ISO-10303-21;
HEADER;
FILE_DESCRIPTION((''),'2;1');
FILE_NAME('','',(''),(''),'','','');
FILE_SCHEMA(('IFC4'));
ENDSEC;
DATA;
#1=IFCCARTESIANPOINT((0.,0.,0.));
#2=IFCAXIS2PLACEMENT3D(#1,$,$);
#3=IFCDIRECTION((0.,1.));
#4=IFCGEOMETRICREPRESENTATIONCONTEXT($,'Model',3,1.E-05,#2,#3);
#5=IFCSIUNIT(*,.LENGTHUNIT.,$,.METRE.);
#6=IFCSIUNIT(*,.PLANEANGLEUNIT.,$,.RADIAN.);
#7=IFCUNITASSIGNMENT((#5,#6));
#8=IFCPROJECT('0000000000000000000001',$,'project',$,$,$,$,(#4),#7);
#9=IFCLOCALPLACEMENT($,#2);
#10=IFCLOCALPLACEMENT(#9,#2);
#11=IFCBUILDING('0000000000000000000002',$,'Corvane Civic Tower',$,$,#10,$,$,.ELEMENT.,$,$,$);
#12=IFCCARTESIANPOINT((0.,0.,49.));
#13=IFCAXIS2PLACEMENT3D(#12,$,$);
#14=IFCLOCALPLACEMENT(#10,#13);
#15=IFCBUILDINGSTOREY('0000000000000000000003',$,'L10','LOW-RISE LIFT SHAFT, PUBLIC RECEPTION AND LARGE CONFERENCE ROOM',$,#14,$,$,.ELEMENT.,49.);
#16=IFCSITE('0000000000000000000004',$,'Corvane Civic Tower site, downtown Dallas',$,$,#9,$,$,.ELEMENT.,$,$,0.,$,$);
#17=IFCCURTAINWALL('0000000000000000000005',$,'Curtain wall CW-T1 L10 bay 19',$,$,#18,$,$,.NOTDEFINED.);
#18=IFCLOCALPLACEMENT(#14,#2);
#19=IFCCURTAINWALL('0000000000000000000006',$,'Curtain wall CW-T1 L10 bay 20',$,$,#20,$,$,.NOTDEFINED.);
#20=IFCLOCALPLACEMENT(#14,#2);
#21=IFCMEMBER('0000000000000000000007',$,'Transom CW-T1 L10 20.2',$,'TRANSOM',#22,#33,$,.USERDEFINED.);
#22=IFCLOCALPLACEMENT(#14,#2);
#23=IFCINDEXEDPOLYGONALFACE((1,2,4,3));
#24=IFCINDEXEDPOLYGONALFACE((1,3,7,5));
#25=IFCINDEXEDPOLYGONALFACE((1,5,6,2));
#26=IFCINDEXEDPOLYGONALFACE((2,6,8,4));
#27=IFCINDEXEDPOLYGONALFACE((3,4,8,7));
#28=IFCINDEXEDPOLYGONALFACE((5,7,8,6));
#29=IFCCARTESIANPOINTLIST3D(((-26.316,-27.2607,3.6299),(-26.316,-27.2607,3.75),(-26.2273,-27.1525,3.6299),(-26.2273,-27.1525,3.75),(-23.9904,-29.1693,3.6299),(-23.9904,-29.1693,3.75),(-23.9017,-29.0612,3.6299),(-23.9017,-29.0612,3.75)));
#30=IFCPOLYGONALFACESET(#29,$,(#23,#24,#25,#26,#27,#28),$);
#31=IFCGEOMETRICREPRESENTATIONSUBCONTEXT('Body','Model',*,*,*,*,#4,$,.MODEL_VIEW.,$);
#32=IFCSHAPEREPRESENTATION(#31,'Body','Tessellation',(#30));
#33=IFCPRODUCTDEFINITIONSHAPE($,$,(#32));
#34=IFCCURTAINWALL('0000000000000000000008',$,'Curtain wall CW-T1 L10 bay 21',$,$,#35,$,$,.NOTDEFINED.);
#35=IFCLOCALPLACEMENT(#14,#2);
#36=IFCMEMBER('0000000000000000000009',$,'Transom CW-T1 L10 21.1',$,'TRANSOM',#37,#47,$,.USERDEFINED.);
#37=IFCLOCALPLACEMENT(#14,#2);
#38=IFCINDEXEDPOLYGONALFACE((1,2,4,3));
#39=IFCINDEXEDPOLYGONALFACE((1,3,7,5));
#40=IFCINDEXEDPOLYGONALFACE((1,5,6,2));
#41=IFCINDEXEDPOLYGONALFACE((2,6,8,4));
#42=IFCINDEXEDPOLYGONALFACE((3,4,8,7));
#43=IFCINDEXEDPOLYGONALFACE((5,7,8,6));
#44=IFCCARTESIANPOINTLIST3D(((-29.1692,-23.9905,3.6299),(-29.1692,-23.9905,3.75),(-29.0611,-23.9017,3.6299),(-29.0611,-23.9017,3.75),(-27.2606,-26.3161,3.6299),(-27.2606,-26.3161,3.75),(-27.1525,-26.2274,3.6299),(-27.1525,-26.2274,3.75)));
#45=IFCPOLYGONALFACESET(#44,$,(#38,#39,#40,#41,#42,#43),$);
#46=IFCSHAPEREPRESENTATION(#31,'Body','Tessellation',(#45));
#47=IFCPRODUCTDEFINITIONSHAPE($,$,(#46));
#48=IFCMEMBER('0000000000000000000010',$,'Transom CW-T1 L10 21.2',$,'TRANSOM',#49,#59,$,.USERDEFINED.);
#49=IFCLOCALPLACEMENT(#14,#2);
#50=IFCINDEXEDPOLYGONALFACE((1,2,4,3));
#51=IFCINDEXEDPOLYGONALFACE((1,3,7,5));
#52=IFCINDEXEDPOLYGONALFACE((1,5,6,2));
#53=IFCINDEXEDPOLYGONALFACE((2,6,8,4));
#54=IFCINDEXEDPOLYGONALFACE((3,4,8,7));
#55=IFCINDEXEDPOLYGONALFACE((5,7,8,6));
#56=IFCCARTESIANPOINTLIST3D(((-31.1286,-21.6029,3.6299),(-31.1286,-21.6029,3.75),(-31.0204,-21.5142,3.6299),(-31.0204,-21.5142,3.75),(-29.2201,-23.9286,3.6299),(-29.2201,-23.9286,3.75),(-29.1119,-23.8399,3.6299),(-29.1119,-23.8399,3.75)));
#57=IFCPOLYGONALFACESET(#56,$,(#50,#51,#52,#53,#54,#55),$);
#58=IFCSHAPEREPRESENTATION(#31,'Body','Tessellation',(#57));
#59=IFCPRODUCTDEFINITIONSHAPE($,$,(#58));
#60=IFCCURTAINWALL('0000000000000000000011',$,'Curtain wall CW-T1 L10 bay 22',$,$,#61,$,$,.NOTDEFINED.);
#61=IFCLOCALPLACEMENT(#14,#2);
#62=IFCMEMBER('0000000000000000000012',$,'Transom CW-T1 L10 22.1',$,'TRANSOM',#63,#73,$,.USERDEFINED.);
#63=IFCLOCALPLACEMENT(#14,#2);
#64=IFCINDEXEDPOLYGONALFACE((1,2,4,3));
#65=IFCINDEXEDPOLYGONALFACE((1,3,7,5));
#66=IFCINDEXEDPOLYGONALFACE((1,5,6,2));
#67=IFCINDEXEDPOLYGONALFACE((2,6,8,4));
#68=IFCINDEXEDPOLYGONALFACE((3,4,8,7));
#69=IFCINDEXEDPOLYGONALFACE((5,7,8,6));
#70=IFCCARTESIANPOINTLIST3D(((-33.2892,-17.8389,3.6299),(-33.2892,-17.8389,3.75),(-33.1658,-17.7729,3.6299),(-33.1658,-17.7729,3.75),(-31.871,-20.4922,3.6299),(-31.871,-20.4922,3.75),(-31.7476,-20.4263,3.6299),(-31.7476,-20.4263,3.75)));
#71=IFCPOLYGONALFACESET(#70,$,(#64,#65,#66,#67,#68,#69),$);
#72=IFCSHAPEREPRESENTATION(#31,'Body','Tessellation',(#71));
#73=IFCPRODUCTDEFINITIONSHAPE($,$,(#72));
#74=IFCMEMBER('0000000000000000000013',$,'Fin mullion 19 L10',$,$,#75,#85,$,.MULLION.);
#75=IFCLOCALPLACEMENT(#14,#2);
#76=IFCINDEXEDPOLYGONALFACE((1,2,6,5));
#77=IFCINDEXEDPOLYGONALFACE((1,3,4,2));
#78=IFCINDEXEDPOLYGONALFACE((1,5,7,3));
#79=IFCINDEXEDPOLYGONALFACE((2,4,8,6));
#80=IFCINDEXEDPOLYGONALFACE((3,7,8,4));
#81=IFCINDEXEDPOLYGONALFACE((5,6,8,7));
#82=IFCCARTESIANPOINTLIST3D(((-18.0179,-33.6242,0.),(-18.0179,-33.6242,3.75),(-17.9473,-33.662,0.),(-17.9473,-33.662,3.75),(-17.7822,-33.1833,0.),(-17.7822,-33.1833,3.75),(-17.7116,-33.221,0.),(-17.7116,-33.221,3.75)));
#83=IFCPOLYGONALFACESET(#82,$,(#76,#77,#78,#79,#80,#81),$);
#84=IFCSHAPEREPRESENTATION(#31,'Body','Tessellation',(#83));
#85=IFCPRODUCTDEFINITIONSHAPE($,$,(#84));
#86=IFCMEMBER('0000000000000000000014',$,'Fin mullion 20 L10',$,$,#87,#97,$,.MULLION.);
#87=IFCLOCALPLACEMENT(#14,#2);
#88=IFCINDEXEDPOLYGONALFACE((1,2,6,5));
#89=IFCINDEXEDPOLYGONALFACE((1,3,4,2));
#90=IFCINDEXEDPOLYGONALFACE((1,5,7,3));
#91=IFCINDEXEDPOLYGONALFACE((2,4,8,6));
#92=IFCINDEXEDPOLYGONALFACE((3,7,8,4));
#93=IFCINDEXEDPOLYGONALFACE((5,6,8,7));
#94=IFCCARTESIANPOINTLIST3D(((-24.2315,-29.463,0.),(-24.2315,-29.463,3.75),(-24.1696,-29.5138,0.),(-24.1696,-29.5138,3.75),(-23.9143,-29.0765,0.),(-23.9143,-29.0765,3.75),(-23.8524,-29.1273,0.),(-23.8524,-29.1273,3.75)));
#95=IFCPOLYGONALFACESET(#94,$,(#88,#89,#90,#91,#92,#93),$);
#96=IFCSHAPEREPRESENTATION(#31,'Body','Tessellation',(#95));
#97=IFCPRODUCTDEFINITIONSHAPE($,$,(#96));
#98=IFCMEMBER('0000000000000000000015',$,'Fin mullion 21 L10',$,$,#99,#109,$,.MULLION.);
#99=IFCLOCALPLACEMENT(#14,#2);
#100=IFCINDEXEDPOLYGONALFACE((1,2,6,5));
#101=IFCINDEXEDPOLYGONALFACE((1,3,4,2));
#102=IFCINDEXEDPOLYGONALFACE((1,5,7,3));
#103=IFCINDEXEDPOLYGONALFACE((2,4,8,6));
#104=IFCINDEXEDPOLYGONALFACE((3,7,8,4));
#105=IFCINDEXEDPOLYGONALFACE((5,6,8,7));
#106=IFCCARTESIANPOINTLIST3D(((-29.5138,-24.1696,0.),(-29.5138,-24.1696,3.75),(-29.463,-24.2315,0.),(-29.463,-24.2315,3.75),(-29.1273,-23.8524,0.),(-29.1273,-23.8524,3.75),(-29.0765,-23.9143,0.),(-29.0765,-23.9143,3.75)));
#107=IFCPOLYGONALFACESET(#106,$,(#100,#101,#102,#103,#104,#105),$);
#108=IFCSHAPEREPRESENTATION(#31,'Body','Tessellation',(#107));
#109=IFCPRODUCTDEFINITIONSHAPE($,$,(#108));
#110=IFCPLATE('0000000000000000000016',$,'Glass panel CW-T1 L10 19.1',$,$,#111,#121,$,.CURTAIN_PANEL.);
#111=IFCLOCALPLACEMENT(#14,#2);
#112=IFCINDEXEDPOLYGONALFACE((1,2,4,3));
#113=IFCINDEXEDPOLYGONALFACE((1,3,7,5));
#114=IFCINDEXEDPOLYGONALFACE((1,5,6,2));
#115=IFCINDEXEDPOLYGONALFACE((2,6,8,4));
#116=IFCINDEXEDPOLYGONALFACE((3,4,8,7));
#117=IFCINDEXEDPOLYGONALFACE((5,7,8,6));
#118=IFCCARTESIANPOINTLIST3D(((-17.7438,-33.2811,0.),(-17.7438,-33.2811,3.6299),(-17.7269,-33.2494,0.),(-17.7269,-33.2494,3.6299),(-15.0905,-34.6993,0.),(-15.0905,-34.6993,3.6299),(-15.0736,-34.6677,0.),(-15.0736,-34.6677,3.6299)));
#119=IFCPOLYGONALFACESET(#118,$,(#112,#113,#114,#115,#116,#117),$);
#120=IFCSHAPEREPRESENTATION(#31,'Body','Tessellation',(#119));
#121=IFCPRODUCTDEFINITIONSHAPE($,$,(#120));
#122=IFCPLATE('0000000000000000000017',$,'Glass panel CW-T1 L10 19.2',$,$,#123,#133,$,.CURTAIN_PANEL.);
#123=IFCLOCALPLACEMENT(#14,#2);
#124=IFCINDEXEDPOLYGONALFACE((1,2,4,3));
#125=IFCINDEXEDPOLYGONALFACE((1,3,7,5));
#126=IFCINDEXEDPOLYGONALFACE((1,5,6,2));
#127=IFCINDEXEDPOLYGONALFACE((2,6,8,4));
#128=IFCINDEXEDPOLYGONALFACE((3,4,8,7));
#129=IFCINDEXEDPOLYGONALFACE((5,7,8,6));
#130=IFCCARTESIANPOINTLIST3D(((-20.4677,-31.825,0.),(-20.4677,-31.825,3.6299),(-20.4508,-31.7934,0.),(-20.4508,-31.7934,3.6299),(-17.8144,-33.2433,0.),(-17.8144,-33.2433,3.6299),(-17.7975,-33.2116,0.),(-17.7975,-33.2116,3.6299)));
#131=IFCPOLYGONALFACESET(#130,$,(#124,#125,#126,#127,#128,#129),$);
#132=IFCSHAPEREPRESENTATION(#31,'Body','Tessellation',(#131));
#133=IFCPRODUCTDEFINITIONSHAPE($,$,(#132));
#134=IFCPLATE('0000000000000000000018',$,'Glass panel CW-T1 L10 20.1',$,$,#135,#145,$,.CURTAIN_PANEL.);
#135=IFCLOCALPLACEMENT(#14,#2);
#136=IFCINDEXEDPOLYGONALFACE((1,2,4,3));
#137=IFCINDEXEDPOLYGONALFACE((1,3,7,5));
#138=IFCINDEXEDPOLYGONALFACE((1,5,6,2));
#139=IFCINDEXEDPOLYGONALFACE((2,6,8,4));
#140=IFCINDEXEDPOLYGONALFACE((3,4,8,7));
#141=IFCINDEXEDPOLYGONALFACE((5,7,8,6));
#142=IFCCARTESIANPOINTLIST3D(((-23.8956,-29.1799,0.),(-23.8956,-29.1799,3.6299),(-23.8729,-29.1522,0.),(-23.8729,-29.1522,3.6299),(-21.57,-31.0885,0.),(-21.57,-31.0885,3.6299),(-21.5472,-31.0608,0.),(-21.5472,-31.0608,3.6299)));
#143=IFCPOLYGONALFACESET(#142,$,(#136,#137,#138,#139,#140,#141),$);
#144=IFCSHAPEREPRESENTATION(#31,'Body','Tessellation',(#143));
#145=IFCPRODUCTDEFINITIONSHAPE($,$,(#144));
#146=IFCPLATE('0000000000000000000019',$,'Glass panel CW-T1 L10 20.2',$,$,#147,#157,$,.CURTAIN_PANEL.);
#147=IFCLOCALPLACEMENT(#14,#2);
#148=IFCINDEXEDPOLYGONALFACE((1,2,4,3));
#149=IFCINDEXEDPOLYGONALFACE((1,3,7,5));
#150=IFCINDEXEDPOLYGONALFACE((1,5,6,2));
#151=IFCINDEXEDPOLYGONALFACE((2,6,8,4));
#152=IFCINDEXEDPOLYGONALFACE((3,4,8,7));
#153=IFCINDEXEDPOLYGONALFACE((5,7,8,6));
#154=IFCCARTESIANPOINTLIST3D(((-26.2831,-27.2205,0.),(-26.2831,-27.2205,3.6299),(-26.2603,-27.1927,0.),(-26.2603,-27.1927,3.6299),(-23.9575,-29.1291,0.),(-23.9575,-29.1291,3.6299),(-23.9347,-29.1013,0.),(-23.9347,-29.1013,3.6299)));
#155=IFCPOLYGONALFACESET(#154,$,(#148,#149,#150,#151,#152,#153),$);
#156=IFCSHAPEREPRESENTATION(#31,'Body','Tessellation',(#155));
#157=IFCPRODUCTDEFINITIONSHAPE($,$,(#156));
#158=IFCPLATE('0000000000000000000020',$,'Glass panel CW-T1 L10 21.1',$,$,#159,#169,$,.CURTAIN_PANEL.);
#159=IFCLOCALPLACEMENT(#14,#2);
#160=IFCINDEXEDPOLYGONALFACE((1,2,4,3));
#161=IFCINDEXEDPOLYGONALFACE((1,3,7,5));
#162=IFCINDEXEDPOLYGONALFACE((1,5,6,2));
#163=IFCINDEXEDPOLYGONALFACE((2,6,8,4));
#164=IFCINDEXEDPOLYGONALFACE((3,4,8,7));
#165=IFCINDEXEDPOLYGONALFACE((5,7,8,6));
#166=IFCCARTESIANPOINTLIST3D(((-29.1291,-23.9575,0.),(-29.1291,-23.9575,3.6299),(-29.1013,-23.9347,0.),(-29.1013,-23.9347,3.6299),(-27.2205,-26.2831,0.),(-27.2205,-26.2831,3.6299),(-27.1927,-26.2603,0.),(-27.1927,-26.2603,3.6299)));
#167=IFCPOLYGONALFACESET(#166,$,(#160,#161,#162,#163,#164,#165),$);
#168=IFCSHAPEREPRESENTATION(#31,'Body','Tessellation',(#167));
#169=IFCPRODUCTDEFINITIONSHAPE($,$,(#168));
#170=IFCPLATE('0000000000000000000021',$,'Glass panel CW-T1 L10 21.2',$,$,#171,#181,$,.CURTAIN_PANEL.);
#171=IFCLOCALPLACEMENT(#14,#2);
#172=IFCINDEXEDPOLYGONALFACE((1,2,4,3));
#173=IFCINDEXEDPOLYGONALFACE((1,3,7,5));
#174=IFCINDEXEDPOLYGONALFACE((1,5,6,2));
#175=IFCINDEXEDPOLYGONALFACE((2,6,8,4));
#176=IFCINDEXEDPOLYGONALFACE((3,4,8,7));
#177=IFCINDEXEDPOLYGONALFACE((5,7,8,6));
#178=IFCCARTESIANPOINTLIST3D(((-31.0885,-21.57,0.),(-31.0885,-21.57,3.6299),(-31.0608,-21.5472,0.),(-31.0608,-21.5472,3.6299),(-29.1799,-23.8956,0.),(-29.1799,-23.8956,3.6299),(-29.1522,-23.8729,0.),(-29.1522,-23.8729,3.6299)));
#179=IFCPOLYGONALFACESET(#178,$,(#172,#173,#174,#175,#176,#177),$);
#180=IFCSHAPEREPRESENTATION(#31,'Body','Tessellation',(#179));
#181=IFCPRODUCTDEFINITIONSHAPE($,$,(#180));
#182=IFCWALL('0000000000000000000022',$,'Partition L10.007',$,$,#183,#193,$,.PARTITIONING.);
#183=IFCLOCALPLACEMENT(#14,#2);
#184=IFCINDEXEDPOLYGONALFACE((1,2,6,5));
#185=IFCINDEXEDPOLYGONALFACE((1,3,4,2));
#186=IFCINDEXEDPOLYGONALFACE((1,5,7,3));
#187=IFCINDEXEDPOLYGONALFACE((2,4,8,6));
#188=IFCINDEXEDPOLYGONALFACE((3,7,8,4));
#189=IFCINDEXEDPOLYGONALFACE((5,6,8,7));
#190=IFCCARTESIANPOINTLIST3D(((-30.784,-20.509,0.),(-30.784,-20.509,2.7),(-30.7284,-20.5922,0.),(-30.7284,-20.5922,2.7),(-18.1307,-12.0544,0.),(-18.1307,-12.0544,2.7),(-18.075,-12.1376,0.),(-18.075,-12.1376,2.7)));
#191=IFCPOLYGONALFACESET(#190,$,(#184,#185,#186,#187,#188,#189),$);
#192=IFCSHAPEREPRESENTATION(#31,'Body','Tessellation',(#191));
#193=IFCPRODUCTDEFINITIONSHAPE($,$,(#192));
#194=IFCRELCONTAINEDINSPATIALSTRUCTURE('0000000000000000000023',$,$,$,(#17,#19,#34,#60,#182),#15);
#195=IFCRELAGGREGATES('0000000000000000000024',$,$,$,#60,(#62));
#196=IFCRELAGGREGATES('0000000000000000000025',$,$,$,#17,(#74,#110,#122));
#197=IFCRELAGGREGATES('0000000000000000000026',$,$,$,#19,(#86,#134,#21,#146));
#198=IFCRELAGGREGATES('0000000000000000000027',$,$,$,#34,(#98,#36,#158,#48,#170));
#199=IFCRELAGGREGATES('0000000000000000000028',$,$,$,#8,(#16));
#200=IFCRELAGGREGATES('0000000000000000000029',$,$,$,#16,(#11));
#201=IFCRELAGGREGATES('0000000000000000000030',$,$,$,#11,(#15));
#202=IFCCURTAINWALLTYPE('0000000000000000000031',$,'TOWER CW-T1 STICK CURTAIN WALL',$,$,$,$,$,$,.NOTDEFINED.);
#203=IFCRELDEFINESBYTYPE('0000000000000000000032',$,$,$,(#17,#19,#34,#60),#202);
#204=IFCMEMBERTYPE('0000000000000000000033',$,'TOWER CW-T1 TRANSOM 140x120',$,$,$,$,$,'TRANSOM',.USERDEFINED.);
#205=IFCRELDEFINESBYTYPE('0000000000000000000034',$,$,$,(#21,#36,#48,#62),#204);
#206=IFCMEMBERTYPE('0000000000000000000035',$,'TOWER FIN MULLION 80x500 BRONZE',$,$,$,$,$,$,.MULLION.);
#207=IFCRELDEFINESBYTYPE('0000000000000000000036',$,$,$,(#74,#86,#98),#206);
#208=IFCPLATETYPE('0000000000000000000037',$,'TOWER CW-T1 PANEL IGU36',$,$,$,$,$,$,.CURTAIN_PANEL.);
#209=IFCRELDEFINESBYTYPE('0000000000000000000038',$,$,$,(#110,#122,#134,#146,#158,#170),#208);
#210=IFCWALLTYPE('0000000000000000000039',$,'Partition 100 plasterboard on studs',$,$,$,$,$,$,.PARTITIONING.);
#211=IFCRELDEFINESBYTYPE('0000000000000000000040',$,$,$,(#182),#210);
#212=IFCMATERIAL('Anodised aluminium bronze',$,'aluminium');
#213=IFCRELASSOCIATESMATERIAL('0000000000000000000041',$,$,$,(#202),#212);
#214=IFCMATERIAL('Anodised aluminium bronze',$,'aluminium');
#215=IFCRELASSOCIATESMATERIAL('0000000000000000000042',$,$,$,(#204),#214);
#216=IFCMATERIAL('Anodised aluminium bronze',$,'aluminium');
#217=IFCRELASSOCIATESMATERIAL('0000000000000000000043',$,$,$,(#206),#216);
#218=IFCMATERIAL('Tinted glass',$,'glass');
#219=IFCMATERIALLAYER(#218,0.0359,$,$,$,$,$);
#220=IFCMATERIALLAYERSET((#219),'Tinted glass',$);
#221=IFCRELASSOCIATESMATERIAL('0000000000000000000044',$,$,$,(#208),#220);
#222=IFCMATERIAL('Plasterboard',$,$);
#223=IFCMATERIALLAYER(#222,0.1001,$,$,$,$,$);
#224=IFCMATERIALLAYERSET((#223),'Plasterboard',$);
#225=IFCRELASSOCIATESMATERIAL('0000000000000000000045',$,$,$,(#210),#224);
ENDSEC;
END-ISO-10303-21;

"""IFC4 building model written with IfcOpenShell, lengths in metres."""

from ifc_helpers import new_model, si_unit, direction, frame, frame_2d, origin, origin_2d, place, context, subcontext, project, spatial, rectangle, extrude, material, layer, layer_set, material_profile, profile_set, type_object, element, aggregate, save


model = new_model("IFC4")

# Units and contexts
model_context = context("Model", 3, precision=1e-05, world=origin(), true_north=direction((0.0, 1.0)))
body_context = subcontext(model_context, "Body", "Model", "MODEL_VIEW")
ifc_project = project(units=[si_unit("LENGTHUNIT", "METRE"), si_unit("PLANEANGLEUNIT", "RADIAN")], contexts=[model_context])

# Site, building, storey
site_placement = place(None, origin())
site = spatial("IfcSite", under=ifc_project, at=site_placement, Name="Corvane Civic Tower site, downtown Dallas", CompositionType="ELEMENT", RefElevation=0.0)
building_placement = place(site_placement, origin())
building = spatial("IfcBuilding", under=site, at=building_placement, Name="Corvane Civic Tower", CompositionType="ELEMENT")
storey_placement = place(building_placement, frame((0.0, 0.0, 49.0)))
storey = spatial("IfcBuildingStorey", under=building, at=storey_placement, Name="L10", Description="LOW-RISE LIFT SHAFT, PUBLIC RECEPTION AND LARGE CONFERENCE ROOM", CompositionType="ELEMENT", Elevation=49.0)

# Curtain wall
ifc_material_1 = material(Name="Anodised aluminium bronze", Category="aluminium")
curtain_wall_type = type_object("IfcCurtainWallType", Name="TOWER CW-T1 STICK CURTAIN WALL", PredefinedType="NOTDEFINED", material=ifc_material_1)
curtain_wall_1_placement = place(storey_placement, origin())
curtain_wall_1 = element("IfcCurtainWall", 1, at=curtain_wall_1_placement, inside=storey, type_object=curtain_wall_type, Name="Curtain wall CW-T1 L10 bay 19", PredefinedType="NOTDEFINED")
ifc_material_2 = material(Name="Anodised aluminium bronze", Category="aluminium")
ifc_material_profile_1 = material_profile(ifc_material_2, rectangle(XDim=0.1399, YDim=0.1201, at=origin_2d()), Name="TOWER CW-T1 TRANSOM 140x120")
ifc_profile_set_1 = profile_set([ifc_material_profile_1], Name="Anodised aluminium bronze")
member_type_1 = type_object("IfcMemberType", Name="TOWER CW-T1 TRANSOM 140x120", ElementType="TRANSOM", PredefinedType="USERDEFINED", material=ifc_profile_set_1)

# Curtain walls, members
curtain_wall_2_placement = place(storey_placement, origin())
curtain_wall_2 = element("IfcCurtainWall", 2, at=curtain_wall_2_placement, inside=storey, type_object=curtain_wall_type, Name="Curtain wall CW-T1 L10 bay 20", PredefinedType="NOTDEFINED")
member_1_placement = place(storey_placement, frame((-23.946, -29.1152, 3.6899), z_axis=(-0.773002, 0.634404, 0.0), x_axis=(-0.634404, -0.773002, 0.0)))
member_1 = element("IfcMember", 3, at=member_1_placement, type_object=member_type_1, Name="Transom CW-T1 L10 20.2", ObjectType="TRANSOM", PredefinedType="USERDEFINED", context=body_context, shape_type="SweptSolid", body=[
    extrude(rectangle(XDim=0.1399, YDim=0.1201, at=origin_2d()), origin(), (0.0, 0.0, 1.0), 3.0085),
])
curtain_wall_3_placement = place(storey_placement, origin())
curtain_wall_3 = element("IfcCurtainWall", 4, at=curtain_wall_3_placement, inside=storey, type_object=curtain_wall_type, Name="Curtain wall CW-T1 L10 bay 21", PredefinedType="NOTDEFINED")
member_2_placement = place(storey_placement, frame((-27.2065, -26.2717, 3.6899), z_axis=(-0.634404, 0.773002, 0.0), x_axis=(-0.773002, -0.634404, 0.0)))
member_2 = element("IfcMember", 5, at=member_2_placement, type_object=member_type_1, Name="Transom CW-T1 L10 21.1", ObjectType="TRANSOM", PredefinedType="USERDEFINED", context=body_context, shape_type="SweptSolid", body=[
    extrude(rectangle(XDim=0.1399, YDim=0.1201, at=origin_2d()), origin(), (0.0, 0.0, 1.0), 3.0085),
])
member_3_placement = place(storey_placement, frame((-29.166, -23.8843, 3.6899), z_axis=(-0.634355, 0.773042, 0.0), x_axis=(-0.773042, -0.634355, 0.0)))
member_3 = element("IfcMember", 6, at=member_3_placement, type_object=member_type_1, Name="Transom CW-T1 L10 21.2", ObjectType="TRANSOM", PredefinedType="USERDEFINED", context=body_context, shape_type="SweptSolid", body=[
    extrude(rectangle(XDim=0.1399, YDim=0.1201, at=origin_2d()), origin(), (0.0, 0.0, 1.0), 3.0085),
])

# Curtain wall, member
curtain_wall_4_placement = place(storey_placement, origin())
curtain_wall_4 = element("IfcCurtainWall", 7, at=curtain_wall_4_placement, inside=storey, type_object=curtain_wall_type, Name="Curtain wall CW-T1 L10 bay 22", PredefinedType="NOTDEFINED")
member_4_placement = place(storey_placement, frame((-31.8093, -20.4592, 3.6899), z_axis=(-0.471393, 0.881924, 0.0), x_axis=(-0.881924, -0.471393, 0.0)))
member_4 = element("IfcMember", 8, at=member_4_placement, type_object=member_type_1, Name="Transom CW-T1 L10 22.1", ObjectType="TRANSOM", PredefinedType="USERDEFINED", context=body_context, shape_type="SweptSolid", body=[
    extrude(rectangle(XDim=0.1399, YDim=0.1201, at=origin_2d()), origin(), (0.0, 0.0, 1.0), 3.0085),
])
aggregate(curtain_wall_4, [member_4])

# Members
ifc_material_3 = material(Name="Anodised aluminium bronze", Category="aluminium")
ifc_material_profile_2 = material_profile(ifc_material_3, rectangle(XDim=0.0801, YDim=0.5, at=origin_2d()), Name="TOWER FIN MULLION 80x500 BRONZE")
ifc_profile_set_2 = profile_set([ifc_material_profile_2], Name="Anodised aluminium bronze")
member_type_2 = type_object("IfcMemberType", Name="TOWER FIN MULLION 80x500 BRONZE", PredefinedType="MULLION", material=ifc_profile_set_2)
member_5_placement = place(storey_placement, frame((-17.8647, -33.4226, 0.0), z_axis=(0.0, 0.0, 1.0), x_axis=(-0.881918, 0.471404, 0.0)))
member_5 = element("IfcMember", 9, at=member_5_placement, type_object=member_type_2, Name="Fin mullion 19 L10", PredefinedType="MULLION", context=body_context, shape_type="SweptSolid", body=[
    extrude(rectangle(XDim=0.0801, YDim=0.5, at=origin_2d()), origin(), (0.0, 0.0, 1.0), 3.75),
])
member_6_placement = place(storey_placement, frame((-24.042, -29.2952, 0.0), z_axis=(0.0, 0.0, 1.0), x_axis=(-0.773007, 0.634397, 0.0)))
member_6 = element("IfcMember", 10, at=member_6_placement, type_object=member_type_2, Name="Fin mullion 20 L10", PredefinedType="MULLION", context=body_context, shape_type="SweptSolid", body=[
    extrude(rectangle(XDim=0.0801, YDim=0.5, at=origin_2d()), origin(), (0.0, 0.0, 1.0), 3.75),
])
member_7_placement = place(storey_placement, frame((-29.2952, -24.042, 0.0), z_axis=(0.0, 0.0, 1.0), x_axis=(-0.634397, 0.773007, 0.0)))
member_7 = element("IfcMember", 11, at=member_7_placement, type_object=member_type_2, Name="Fin mullion 21 L10", PredefinedType="MULLION", context=body_context, shape_type="SweptSolid", body=[
    extrude(rectangle(XDim=0.0801, YDim=0.5, at=origin_2d()), origin(), (0.0, 0.0, 1.0), 3.75),
])

# Plates
ifc_material_4 = material(Name="Tinted glass", Category="glass")
ifc_layer_1 = layer(ifc_material_4, 0.0359)
ifc_layer_set_1 = layer_set([ifc_layer_1], Name="Tinted glass")
plate_type = type_object("IfcPlateType", Name="TOWER CW-T1 PANEL IGU36", PredefinedType="CURTAIN_PANEL", material=ifc_layer_set_1)
plate_1_placement = place(storey_placement, frame((-16.4087, -33.9744, 0.0), z_axis=(0.0, 0.0, 1.0), x_axis=(-0.881918, 0.471404, 0.0)))
plate_1 = element("IfcPlate", 12, at=plate_1_placement, type_object=plate_type, Name="Glass panel CW-T1 L10 19.1", PredefinedType="CURTAIN_PANEL", context=body_context, shape_type="SweptSolid", body=[
    extrude(rectangle(XDim=3.0085, YDim=0.0359, at=origin_2d()), origin(), (0.0, 0.0, 1.0), 3.6299),
])
plate_2_placement = place(storey_placement, frame((-19.1326, -32.5183, 0.0), z_axis=(0.0, 0.0, 1.0), x_axis=(-0.881918, 0.471404, 0.0)))
plate_2 = element("IfcPlate", 13, at=plate_2_placement, type_object=plate_type, Name="Glass panel CW-T1 L10 19.2", PredefinedType="CURTAIN_PANEL", context=body_context, shape_type="SweptSolid", body=[
    extrude(rectangle(XDim=3.0085, YDim=0.0359, at=origin_2d()), origin(), (0.0, 0.0, 1.0), 3.6299),
])
aggregate(curtain_wall_1, [member_5, plate_1, plate_2])
plate_3_placement = place(storey_placement, frame((-22.7214, -30.1204, 0.0), z_axis=(0.0, 0.0, 1.0), x_axis=(-0.773007, 0.634397, 0.0)))
plate_3 = element("IfcPlate", 14, at=plate_3_placement, type_object=plate_type, Name="Glass panel CW-T1 L10 20.1", PredefinedType="CURTAIN_PANEL", context=body_context, shape_type="SweptSolid", body=[
    extrude(rectangle(XDim=3.0085, YDim=0.0359, at=origin_2d()), origin(), (0.0, 0.0, 1.0), 3.6299),
])
plate_4_placement = place(storey_placement, frame((-25.1089, -28.1609, 0.0), z_axis=(0.0, 0.0, 1.0), x_axis=(-0.773007, 0.634397, 0.0)))
plate_4 = element("IfcPlate", 15, at=plate_4_placement, type_object=plate_type, Name="Glass panel CW-T1 L10 20.2", PredefinedType="CURTAIN_PANEL", context=body_context, shape_type="SweptSolid", body=[
    extrude(rectangle(XDim=3.0085, YDim=0.0359, at=origin_2d()), origin(), (0.0, 0.0, 1.0), 3.6299),
])
aggregate(curtain_wall_2, [member_6, plate_3, member_1, plate_4])
plate_5_placement = place(storey_placement, frame((-28.1609, -25.1089, 0.0), z_axis=(0.0, 0.0, 1.0), x_axis=(-0.634397, 0.773007, 0.0)))
plate_5 = element("IfcPlate", 16, at=plate_5_placement, type_object=plate_type, Name="Glass panel CW-T1 L10 21.1", PredefinedType="CURTAIN_PANEL", context=body_context, shape_type="SweptSolid", body=[
    extrude(rectangle(XDim=3.0085, YDim=0.0359, at=origin_2d()), origin(), (0.0, 0.0, 1.0), 3.6299),
])
plate_6_placement = place(storey_placement, frame((-30.1204, -22.7214, 0.0), z_axis=(0.0, 0.0, 1.0), x_axis=(-0.634397, 0.773007, 0.0)))
plate_6 = element("IfcPlate", 17, at=plate_6_placement, type_object=plate_type, Name="Glass panel CW-T1 L10 21.2", PredefinedType="CURTAIN_PANEL", context=body_context, shape_type="SweptSolid", body=[
    extrude(rectangle(XDim=3.0085, YDim=0.0359, at=origin_2d()), origin(), (0.0, 0.0, 1.0), 3.6299),
])
aggregate(curtain_wall_3, [member_7, member_2, plate_5, member_3, plate_6])

# Wall
ifc_material_5 = material(Name="Plasterboard")
ifc_layer_2 = layer(ifc_material_5, 0.1001)
ifc_layer_set_2 = layer_set([ifc_layer_2], Name="Plasterboard")
wall_type = type_object("IfcWallType", Name="Partition 100 plasterboard on studs", PredefinedType="PARTITIONING", material=ifc_layer_set_2)
wall_placement = place(storey_placement, frame((-30.7561, -20.5505, 0.0), z_axis=(0.0, 0.0, 1.0), x_axis=(0.831472, 0.555566, 0.0)))
element("IfcWall", 18, at=wall_placement, inside=storey, type_object=wall_type, Name="Partition L10.007", PredefinedType="PARTITIONING", context=body_context, shape_type="SweptSolid", body=[
    extrude(rectangle(XDim=15.218, YDim=0.1001, at=frame_2d((7.6089, 0.0))), origin(), (0.0, 0.0, 1.0), 2.7),
])

save(model, "model.ifc")
